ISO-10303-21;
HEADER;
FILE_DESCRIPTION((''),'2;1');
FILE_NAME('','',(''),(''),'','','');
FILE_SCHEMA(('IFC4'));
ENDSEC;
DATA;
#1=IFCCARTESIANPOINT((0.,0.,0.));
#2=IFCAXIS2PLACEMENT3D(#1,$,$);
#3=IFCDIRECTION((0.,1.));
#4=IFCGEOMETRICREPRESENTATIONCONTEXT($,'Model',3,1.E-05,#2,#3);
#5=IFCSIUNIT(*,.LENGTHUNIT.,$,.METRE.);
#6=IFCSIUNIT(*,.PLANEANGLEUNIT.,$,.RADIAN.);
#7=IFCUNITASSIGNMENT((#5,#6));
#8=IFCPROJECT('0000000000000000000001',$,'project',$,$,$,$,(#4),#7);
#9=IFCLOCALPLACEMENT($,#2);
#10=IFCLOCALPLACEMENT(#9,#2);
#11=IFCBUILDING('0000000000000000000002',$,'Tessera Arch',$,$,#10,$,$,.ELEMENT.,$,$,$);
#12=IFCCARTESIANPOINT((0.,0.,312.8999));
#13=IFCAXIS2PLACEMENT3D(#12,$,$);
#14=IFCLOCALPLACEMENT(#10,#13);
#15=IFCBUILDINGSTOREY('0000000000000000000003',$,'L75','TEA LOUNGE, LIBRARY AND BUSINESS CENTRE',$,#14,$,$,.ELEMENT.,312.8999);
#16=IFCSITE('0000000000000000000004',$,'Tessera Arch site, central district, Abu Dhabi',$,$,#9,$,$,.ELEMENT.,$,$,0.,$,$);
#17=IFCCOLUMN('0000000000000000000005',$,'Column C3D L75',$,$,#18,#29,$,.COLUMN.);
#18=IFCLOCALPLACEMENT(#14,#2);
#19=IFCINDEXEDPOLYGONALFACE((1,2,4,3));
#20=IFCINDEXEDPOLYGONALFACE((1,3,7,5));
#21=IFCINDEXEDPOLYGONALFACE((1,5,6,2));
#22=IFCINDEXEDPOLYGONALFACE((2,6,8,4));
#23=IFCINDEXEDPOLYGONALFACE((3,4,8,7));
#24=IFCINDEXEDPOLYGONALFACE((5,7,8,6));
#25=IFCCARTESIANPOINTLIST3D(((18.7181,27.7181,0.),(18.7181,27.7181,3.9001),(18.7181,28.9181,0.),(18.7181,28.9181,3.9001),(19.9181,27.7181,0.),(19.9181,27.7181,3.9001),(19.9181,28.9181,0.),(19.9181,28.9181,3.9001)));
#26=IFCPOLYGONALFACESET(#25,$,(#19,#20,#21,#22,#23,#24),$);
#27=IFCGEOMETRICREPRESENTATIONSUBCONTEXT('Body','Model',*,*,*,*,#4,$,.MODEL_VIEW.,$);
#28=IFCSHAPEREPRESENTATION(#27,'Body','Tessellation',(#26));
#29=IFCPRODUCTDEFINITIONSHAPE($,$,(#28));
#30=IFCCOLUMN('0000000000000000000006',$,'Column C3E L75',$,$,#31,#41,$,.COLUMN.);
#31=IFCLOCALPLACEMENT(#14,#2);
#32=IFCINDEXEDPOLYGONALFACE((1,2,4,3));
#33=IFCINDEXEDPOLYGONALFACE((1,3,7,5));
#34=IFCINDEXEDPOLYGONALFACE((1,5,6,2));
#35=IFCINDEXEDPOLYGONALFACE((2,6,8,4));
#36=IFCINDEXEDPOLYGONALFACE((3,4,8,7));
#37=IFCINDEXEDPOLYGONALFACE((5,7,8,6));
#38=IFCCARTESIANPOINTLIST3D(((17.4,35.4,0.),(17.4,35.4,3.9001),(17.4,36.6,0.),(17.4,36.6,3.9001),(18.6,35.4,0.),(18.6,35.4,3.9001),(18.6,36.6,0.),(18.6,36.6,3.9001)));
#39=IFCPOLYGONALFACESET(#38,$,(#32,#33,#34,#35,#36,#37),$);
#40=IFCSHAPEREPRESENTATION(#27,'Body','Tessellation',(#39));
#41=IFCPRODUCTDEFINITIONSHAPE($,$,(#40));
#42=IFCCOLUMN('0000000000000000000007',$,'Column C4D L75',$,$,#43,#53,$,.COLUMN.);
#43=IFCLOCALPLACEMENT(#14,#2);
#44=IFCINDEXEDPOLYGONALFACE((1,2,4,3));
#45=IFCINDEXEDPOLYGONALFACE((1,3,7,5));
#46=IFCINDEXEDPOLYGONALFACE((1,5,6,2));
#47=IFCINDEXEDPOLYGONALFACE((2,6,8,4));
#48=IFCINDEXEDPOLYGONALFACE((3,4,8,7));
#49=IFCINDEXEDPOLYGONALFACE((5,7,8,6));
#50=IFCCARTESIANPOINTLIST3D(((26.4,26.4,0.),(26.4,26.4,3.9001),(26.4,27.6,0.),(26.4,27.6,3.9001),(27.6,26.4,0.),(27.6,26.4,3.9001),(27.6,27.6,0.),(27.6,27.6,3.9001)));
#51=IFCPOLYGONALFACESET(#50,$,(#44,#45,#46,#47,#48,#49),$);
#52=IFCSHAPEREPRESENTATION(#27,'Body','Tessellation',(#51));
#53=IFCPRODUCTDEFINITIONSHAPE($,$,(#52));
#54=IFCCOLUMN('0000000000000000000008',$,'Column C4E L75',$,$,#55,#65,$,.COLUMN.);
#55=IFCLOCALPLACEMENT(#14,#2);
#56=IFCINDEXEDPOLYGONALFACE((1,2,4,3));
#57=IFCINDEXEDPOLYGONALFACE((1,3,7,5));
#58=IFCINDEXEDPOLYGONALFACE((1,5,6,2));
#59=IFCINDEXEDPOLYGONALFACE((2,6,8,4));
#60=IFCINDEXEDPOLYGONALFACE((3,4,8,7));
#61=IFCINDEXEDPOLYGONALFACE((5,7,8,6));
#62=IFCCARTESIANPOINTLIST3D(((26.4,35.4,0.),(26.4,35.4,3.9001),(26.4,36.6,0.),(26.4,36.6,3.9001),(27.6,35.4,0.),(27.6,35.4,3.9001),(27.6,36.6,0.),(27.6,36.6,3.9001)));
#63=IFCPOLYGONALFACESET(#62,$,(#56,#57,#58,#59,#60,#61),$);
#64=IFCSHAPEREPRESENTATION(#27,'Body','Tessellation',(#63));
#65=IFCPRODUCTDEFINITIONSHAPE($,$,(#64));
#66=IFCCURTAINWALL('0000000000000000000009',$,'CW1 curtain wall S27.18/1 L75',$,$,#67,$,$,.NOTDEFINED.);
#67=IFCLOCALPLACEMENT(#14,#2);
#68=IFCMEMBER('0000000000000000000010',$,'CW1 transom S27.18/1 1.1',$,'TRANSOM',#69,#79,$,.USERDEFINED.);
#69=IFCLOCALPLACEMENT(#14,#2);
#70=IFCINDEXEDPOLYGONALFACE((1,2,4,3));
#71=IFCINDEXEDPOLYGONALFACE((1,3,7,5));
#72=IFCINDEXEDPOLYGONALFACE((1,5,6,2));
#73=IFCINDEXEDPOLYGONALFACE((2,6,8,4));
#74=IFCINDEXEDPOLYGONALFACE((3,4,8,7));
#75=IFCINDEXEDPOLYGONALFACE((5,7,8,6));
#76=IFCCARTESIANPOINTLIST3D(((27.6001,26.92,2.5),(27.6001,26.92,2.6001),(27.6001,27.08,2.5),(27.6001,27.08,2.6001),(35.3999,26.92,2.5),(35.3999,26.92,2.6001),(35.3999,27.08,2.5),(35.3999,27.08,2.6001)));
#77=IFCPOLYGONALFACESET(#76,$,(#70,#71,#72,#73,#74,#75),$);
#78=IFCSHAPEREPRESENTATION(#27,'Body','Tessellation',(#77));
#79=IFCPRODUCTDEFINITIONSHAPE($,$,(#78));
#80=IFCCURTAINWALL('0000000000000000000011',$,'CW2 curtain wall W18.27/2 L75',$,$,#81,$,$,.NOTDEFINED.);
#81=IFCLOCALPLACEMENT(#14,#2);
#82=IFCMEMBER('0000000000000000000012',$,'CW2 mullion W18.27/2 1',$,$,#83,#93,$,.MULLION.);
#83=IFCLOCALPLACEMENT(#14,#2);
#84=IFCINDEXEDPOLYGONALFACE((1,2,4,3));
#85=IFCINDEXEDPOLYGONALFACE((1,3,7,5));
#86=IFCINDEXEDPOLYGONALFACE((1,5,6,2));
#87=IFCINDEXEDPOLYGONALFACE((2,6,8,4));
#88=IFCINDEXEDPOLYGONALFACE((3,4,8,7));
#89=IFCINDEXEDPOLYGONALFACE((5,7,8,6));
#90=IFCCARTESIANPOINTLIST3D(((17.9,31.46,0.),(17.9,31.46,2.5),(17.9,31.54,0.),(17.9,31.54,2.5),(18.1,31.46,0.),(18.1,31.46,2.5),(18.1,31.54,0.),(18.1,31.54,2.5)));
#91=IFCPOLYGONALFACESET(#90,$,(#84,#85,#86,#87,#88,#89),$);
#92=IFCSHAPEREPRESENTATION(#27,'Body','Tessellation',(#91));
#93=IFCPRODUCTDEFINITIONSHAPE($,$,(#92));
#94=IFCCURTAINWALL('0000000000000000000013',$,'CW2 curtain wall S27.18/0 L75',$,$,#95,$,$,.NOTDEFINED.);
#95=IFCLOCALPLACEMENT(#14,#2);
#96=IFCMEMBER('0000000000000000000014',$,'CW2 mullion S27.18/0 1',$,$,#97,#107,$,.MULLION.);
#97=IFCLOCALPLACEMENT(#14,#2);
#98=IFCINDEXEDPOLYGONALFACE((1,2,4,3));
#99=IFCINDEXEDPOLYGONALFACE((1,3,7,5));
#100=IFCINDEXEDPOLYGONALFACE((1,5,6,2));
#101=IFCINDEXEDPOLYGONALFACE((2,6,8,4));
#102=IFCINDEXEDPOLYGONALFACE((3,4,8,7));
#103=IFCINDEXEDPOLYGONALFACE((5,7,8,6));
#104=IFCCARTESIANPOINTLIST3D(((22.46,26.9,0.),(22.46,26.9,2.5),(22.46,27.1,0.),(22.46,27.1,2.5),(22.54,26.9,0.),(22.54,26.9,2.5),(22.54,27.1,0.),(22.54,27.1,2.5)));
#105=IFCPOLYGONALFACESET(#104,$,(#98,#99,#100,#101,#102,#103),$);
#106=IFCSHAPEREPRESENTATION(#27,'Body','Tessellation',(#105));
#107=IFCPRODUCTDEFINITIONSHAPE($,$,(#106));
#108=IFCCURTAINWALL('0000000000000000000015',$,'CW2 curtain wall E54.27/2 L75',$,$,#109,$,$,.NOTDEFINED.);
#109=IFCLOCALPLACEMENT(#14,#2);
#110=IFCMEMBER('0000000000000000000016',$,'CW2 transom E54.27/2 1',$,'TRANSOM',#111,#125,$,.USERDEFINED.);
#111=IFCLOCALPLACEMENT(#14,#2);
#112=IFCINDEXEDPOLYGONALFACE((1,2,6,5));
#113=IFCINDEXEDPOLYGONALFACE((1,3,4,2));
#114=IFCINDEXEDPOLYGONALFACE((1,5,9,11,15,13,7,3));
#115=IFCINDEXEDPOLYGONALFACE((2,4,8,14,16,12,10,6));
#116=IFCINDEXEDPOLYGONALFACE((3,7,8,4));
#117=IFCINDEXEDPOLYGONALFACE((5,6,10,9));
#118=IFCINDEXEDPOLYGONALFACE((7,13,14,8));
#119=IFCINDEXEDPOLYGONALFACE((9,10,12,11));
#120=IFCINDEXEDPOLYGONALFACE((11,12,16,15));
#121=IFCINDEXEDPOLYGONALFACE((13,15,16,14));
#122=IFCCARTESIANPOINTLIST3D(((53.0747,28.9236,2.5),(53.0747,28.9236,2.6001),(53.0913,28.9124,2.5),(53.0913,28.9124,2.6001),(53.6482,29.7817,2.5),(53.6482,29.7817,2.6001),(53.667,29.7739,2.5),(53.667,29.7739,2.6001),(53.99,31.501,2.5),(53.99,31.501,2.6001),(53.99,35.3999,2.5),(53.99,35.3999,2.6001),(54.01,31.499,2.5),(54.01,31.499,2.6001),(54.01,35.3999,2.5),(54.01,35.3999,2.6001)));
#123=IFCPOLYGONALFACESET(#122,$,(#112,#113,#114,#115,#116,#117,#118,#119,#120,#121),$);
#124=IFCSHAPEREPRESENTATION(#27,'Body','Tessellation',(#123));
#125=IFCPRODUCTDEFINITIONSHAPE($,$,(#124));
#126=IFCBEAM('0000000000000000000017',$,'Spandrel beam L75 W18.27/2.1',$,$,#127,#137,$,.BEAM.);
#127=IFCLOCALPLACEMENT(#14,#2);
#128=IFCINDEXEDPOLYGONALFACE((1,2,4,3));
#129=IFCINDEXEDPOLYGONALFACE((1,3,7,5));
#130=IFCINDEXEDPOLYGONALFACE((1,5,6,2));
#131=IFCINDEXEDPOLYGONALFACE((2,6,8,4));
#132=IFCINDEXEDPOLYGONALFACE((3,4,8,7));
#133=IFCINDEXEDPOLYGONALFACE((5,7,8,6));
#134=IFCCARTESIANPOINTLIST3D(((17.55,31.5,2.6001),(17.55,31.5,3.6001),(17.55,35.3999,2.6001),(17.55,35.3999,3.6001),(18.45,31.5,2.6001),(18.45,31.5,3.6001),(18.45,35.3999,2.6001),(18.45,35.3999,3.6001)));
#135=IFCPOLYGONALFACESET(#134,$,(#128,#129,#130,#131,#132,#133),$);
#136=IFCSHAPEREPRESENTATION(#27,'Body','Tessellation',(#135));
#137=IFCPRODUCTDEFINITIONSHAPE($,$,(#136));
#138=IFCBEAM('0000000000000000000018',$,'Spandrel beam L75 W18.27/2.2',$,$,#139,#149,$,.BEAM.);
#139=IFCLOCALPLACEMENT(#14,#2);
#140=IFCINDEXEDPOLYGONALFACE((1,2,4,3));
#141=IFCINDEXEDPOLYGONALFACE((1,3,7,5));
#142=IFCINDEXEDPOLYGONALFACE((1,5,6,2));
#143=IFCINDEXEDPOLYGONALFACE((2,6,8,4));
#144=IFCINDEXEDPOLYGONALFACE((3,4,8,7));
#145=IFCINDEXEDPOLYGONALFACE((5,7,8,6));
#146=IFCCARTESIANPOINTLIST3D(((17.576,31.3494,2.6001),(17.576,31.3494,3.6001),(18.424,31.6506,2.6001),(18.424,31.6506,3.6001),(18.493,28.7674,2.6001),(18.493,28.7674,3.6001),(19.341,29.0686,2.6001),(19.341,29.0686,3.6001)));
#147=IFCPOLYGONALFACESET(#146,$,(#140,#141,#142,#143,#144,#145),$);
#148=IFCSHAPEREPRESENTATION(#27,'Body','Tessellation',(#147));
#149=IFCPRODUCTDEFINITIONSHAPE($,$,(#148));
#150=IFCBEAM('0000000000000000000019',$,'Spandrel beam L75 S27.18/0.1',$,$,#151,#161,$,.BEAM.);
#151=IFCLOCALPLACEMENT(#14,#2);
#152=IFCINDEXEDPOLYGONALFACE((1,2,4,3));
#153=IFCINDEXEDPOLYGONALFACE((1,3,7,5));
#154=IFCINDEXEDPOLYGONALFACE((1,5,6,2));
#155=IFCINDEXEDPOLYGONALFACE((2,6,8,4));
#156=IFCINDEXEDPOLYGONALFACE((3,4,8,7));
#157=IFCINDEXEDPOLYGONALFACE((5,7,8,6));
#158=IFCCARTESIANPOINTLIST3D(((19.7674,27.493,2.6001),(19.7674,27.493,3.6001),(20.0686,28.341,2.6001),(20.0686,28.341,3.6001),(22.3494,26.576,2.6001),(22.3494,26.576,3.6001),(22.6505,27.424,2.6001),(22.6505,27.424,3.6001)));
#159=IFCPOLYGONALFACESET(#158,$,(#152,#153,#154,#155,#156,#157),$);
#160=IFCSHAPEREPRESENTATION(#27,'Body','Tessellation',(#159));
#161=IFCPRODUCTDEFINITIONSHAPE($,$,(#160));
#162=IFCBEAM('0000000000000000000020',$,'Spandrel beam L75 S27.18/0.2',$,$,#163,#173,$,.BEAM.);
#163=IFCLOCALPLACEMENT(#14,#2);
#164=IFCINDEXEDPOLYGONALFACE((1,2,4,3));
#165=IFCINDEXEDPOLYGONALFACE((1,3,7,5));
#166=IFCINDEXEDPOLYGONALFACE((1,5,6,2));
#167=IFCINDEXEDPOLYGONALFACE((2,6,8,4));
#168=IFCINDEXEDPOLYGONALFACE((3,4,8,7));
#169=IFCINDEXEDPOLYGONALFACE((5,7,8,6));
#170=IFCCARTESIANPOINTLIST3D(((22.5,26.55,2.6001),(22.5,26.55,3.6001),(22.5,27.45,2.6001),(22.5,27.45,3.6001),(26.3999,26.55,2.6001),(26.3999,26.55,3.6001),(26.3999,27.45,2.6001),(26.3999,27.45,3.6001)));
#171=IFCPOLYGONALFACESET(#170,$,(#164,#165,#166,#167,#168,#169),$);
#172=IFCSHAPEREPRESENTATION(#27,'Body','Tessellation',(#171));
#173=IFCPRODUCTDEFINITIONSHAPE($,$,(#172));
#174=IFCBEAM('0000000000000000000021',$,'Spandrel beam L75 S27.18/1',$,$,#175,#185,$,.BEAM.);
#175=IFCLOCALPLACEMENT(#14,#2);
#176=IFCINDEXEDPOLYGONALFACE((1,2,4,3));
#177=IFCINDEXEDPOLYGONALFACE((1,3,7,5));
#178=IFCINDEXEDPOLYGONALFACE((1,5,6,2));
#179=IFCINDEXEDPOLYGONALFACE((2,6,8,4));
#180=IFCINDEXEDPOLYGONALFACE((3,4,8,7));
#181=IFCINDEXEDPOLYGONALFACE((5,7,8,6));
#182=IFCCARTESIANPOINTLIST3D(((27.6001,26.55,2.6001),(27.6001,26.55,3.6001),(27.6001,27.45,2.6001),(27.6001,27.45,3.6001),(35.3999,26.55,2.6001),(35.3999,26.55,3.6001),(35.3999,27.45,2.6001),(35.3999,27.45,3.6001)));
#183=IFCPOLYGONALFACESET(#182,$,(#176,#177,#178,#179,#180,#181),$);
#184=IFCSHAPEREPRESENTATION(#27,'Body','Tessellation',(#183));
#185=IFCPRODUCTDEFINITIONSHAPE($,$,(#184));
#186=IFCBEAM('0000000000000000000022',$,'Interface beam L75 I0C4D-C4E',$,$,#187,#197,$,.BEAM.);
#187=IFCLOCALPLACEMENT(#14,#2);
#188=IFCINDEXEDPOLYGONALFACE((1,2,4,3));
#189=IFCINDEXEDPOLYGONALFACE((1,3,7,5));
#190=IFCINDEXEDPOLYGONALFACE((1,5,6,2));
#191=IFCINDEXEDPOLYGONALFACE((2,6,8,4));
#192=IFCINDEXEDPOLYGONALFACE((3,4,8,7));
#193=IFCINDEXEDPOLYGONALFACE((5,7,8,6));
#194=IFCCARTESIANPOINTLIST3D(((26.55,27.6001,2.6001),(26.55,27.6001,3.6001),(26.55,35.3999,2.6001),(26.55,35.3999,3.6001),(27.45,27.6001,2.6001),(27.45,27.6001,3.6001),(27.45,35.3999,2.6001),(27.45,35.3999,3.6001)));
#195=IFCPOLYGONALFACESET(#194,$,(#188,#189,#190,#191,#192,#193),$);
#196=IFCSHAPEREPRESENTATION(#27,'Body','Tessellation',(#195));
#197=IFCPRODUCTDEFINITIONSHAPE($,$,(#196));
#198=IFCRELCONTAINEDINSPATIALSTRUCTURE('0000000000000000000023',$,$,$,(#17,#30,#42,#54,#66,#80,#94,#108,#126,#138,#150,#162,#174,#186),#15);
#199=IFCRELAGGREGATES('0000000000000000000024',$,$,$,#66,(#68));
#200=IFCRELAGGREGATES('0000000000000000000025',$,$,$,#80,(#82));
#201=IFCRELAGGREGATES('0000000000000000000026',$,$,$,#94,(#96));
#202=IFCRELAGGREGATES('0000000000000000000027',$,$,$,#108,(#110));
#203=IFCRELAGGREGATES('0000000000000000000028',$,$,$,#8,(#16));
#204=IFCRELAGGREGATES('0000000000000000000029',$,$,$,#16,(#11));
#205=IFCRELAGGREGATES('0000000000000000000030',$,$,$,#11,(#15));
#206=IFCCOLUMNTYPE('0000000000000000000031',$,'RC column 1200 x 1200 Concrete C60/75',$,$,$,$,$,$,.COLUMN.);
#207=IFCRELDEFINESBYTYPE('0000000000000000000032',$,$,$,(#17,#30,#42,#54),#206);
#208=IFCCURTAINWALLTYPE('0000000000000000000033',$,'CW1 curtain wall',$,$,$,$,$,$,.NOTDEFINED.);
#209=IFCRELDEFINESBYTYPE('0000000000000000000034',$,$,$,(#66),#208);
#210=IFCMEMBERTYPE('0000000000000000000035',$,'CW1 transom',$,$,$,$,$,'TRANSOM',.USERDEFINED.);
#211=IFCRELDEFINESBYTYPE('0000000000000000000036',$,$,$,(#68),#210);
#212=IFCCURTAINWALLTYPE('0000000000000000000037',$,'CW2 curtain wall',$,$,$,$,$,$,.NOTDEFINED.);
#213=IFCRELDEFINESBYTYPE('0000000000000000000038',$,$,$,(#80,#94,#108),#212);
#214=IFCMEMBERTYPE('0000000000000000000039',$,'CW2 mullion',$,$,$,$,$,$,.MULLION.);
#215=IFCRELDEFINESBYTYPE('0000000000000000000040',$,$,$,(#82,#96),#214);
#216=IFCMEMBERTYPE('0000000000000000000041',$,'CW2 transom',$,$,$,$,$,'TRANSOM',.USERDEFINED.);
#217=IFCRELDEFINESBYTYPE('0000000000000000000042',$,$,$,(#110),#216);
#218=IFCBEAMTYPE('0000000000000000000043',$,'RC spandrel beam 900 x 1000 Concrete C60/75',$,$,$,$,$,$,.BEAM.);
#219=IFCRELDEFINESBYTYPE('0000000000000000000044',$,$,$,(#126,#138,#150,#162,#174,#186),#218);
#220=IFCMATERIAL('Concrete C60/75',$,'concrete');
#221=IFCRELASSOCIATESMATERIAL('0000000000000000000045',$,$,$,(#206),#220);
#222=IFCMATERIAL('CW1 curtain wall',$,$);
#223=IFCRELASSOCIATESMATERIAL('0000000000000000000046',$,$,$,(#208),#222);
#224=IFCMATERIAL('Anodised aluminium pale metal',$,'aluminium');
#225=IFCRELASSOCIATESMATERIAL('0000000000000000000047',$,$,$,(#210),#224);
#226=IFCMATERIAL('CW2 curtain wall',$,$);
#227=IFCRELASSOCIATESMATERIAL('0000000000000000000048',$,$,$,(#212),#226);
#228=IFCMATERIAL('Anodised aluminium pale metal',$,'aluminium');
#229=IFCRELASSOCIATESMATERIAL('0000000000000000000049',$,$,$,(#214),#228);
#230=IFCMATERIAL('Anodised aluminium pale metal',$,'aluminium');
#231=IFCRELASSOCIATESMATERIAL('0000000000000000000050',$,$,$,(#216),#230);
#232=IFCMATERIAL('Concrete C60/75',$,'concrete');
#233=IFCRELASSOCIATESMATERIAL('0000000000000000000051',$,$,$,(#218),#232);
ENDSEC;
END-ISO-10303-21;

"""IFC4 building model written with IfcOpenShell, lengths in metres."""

from ifc_helpers import new_model, si_unit, direction, frame, origin, origin_2d, place, context, subcontext, project, spatial, polyline, rectangle, outline, extrude, material, material_profile, profile_set, type_object, element, aggregate, save


model = new_model("IFC4")

# Units and contexts
model_context = context("Model", 3, precision=1e-05, world=origin(), true_north=direction((0.0, 1.0)))
body_context = subcontext(model_context, "Body", "Model", "MODEL_VIEW")
ifc_project = project(units=[si_unit("LENGTHUNIT", "METRE"), si_unit("PLANEANGLEUNIT", "RADIAN")], contexts=[model_context])

# Site, building, storey
site_placement = place(None, origin())
site = spatial("IfcSite", under=ifc_project, at=site_placement, Name="Tessera Arch site, central district, Abu Dhabi", CompositionType="ELEMENT", RefElevation=0.0)
building_placement = place(site_placement, origin())
building = spatial("IfcBuilding", under=site, at=building_placement, Name="Tessera Arch", CompositionType="ELEMENT")
storey_placement = place(building_placement, frame((0.0, 0.0, 312.8999)))
storey = spatial("IfcBuildingStorey", under=building, at=storey_placement, Name="L75", Description="TEA LOUNGE, LIBRARY AND BUSINESS CENTRE", CompositionType="ELEMENT", Elevation=312.8999)

# Columns
ifc_material_1 = material(Name="Concrete C60/75", Category="concrete")
ifc_material_profile_1 = material_profile(ifc_material_1, rectangle(XDim=1.2, YDim=1.2, at=origin_2d()), Name="RC column 1200 x 1200 Concrete C60/75")
ifc_profile_set_1 = profile_set([ifc_material_profile_1], Name="Concrete C60/75")
column_type = type_object("IfcColumnType", Name="RC column 1200 x 1200 Concrete C60/75", PredefinedType="COLUMN", material=ifc_profile_set_1)
for number, where, z_axis, x_axis, name in (
    (1, (19.3181, 28.3181, 0.0), (0.0, 0.0, 1.0), (1.0, 0.0, 0.0), "Column C3D L75"),
    (2, (18.0, 36.0, 0.0), (0.0, 0.0, 1.0), (1.0, 0.0, 0.0), "Column C3E L75"),
    (3, (27.0, 27.0, 0.0), (0.0, 0.0, 1.0), (1.0, 0.0, 0.0), "Column C4D L75"),
    (4, (27.0, 36.0, 0.0), (0.0, 0.0, 1.0), (1.0, 0.0, 0.0), "Column C4E L75"),
):
    element("IfcColumn", number, at=place(storey_placement, frame(where, z_axis=z_axis, x_axis=x_axis)), inside=storey, type_object=column_type, Name=name, PredefinedType="COLUMN", context=body_context, shape_type="SweptSolid", body=[
        extrude(rectangle(XDim=1.2, YDim=1.2, at=origin_2d()), origin(), (0.0, 0.0, 1.0), 3.9001),
    ])

# Curtain walls, members
ifc_material_2 = material(Name="CW1 curtain wall")
curtain_wall_type_1 = type_object("IfcCurtainWallType", Name="CW1 curtain wall", PredefinedType="NOTDEFINED", material=ifc_material_2)
curtain_wall_1_placement = place(storey_placement, origin())
curtain_wall_1 = element("IfcCurtainWall", 5, at=curtain_wall_1_placement, inside=storey, type_object=curtain_wall_type_1, Name="CW1 curtain wall S27.18/1 L75", PredefinedType="NOTDEFINED")
ifc_material_3 = material(Name="Anodised aluminium pale metal", Category="aluminium")
ifc_material_profile_2 = material_profile(ifc_material_3, rectangle(XDim=0.1599, YDim=0.1001, at=origin_2d()), Name="AL 160x100")
ifc_profile_set_2 = profile_set([ifc_material_profile_2], Name="Anodised aluminium pale metal")
member_type_1 = type_object("IfcMemberType", Name="CW1 transom", ElementType="TRANSOM", PredefinedType="USERDEFINED", material=ifc_profile_set_2)
member_1_placement = place(storey_placement, frame((27.6001, 27.0, 2.55), z_axis=(1.0, 0.0, 0.0), x_axis=(0.0, 1.0, 0.0)))
member_1 = element("IfcMember", 6, at=member_1_placement, type_object=member_type_1, Name="CW1 transom S27.18/1 1.1", ObjectType="TRANSOM", PredefinedType="USERDEFINED", context=body_context, shape_type="SweptSolid", body=[
    extrude(rectangle(XDim=0.1599, YDim=0.1001, at=origin_2d()), origin(), (0.0, 0.0, 1.0), 7.7998),
])
aggregate(curtain_wall_1, [member_1])
ifc_material_4 = material(Name="CW2 curtain wall")
curtain_wall_type_2 = type_object("IfcCurtainWallType", Name="CW2 curtain wall", PredefinedType="NOTDEFINED", material=ifc_material_4)
curtain_wall_2_placement = place(storey_placement, origin())
curtain_wall_2 = element("IfcCurtainWall", 7, at=curtain_wall_2_placement, inside=storey, type_object=curtain_wall_type_2, Name="CW2 curtain wall W18.27/2 L75", PredefinedType="NOTDEFINED")
ifc_material_5 = material(Name="Anodised aluminium pale metal", Category="aluminium")
ifc_material_profile_3 = material_profile(ifc_material_5, rectangle(XDim=0.2, YDim=0.0801, at=origin_2d()), Name="AL 80x200")
ifc_profile_set_3 = profile_set([ifc_material_profile_3], Name="Anodised aluminium pale metal")
member_type_2 = type_object("IfcMemberType", Name="CW2 mullion", PredefinedType="MULLION", material=ifc_profile_set_3)
member_2_placement = place(storey_placement, frame((18.0, 31.5, 0.0), z_axis=(0.0, 0.0, 1.0), x_axis=(1.0, 0.0, 0.0)))
member_2 = element("IfcMember", 8, at=member_2_placement, type_object=member_type_2, Name="CW2 mullion W18.27/2 1", PredefinedType="MULLION", context=body_context, shape_type="SweptSolid", body=[
    extrude(rectangle(XDim=0.2, YDim=0.0801, at=origin_2d()), origin(), (0.0, 0.0, 1.0), 2.5),
])
curtain_wall_3_placement = place(storey_placement, origin())
curtain_wall_3 = element("IfcCurtainWall", 9, at=curtain_wall_3_placement, inside=storey, type_object=curtain_wall_type_2, Name="CW2 curtain wall S27.18/0 L75", PredefinedType="NOTDEFINED")
member_3_placement = place(storey_placement, frame((22.5, 27.0, 0.0), z_axis=(0.0, 0.0, 1.0), x_axis=(0.0, 1.0, 0.0)))
member_3 = element("IfcMember", 10, at=member_3_placement, type_object=member_type_2, Name="CW2 mullion S27.18/0 1", PredefinedType="MULLION", context=body_context, shape_type="SweptSolid", body=[
    extrude(rectangle(XDim=0.2, YDim=0.0801, at=origin_2d()), origin(), (0.0, 0.0, 1.0), 2.5),
])
curtain_wall_4_placement = place(storey_placement, origin())
curtain_wall_4 = element("IfcCurtainWall", 11, at=curtain_wall_4_placement, inside=storey, type_object=curtain_wall_type_2, Name="CW2 curtain wall E54.27/2 L75", PredefinedType="NOTDEFINED")
ifc_material_6 = material(Name="Anodised aluminium pale metal", Category="aluminium")
ifc_material_profile_4 = material_profile(ifc_material_6, rectangle(XDim=0.2, YDim=0.1001, at=origin_2d()), Name="AL 200x100")
ifc_profile_set_4 = profile_set([ifc_material_profile_4], Name="Anodised aluminium pale metal")
member_type_3 = type_object("IfcMemberType", Name="CW2 transom", ElementType="TRANSOM", PredefinedType="USERDEFINED", material=ifc_profile_set_4)
member_4_placement = place(storey_placement, frame((0.0, 0.0, 2.5)))
member_4 = element("IfcMember", 12, at=member_4_placement, type_object=member_type_3, Name="CW2 transom E54.27/2 1", ObjectType="TRANSOM", PredefinedType="USERDEFINED", context=body_context, shape_type="SweptSolid", body=[
    extrude(outline(polyline([(53.6482, 29.7817), (53.0747, 28.9236), (53.0913, 28.9124), (53.667, 29.7739), (54.01, 31.499), (54.01, 35.3999), (53.99, 35.3999), (53.99, 31.501), (53.6482, 29.7817)])), origin(), (0.0, 0.0, 1.0), 0.1001),
])

# Beams
ifc_material_7 = material(Name="Concrete C60/75", Category="concrete")
ifc_material_profile_5 = material_profile(ifc_material_7, rectangle(XDim=0.8999, YDim=1.0, at=origin_2d()), Name="RC spandrel beam 900 x 1000 Concrete C60/75")
ifc_profile_set_5 = profile_set([ifc_material_profile_5], Name="Concrete C60/75")
beam_type = type_object("IfcBeamType", Name="RC spandrel beam 900 x 1000 Concrete C60/75", PredefinedType="BEAM", material=ifc_profile_set_5)
beam_1_placement = place(storey_placement, frame((18.0, 35.3999, 3.1001), z_axis=(0.0, -1.0, 0.0), x_axis=(1.0, 0.0, 0.0)))
element("IfcBeam", 13, at=beam_1_placement, inside=storey, type_object=beam_type, Name="Spandrel beam L75 W18.27/2.1", PredefinedType="BEAM", context=body_context, shape_type="SweptSolid", body=[
    extrude(rectangle(XDim=0.8999, YDim=1.0, at=origin_2d()), origin(), (0.0, 0.0, 1.0), 3.8999),
])
for number, where, z_axis, x_axis, name in (
    (14, (18.0, 31.5, 3.1001), (0.334665, -0.942337, 0.0), (0.942337, 0.334665, 0.0), "Spandrel beam L75 W18.27/2.2"),
    (15, (19.918, 27.917, 3.1001), (0.942337, -0.334665, 0.0), (0.334665, 0.942337, 0.0), "Spandrel beam L75 S27.18/0.1"),
):
    element("IfcBeam", number, at=place(storey_placement, frame(where, z_axis=z_axis, x_axis=x_axis)), inside=storey, type_object=beam_type, Name=name, PredefinedType="BEAM", context=body_context, shape_type="SweptSolid", body=[
        extrude(rectangle(XDim=0.8999, YDim=1.0, at=origin_2d()), origin(), (0.0, 0.0, 1.0), 2.74),
    ])
beam_2_placement = place(storey_placement, frame((22.5, 27.0, 3.1001), z_axis=(1.0, 0.0, 0.0), x_axis=(0.0, 1.0, 0.0)))
element("IfcBeam", 16, at=beam_2_placement, inside=storey, type_object=beam_type, Name="Spandrel beam L75 S27.18/0.2", PredefinedType="BEAM", context=body_context, shape_type="SweptSolid", body=[
    extrude(rectangle(XDim=0.8999, YDim=1.0, at=origin_2d()), origin(), (0.0, 0.0, 1.0), 3.8999),
])
for number, where, z_axis, x_axis, name in (
    (17, (27.6001, 27.0, 3.1001), (1.0, 0.0, 0.0), (0.0, 1.0, 0.0), "Spandrel beam L75 S27.18/1"),
    (18, (27.0, 27.6001, 3.1001), (0.0, 1.0, 0.0), (-1.0, 0.0, 0.0), "Interface beam L75 I0C4D-C4E"),
):
    element("IfcBeam", number, at=place(storey_placement, frame(where, z_axis=z_axis, x_axis=x_axis)), inside=storey, type_object=beam_type, Name=name, PredefinedType="BEAM", context=body_context, shape_type="SweptSolid", body=[
        extrude(rectangle(XDim=0.8999, YDim=1.0, at=origin_2d()), origin(), (0.0, 0.0, 1.0), 7.7998),
    ])

aggregate(curtain_wall_2, [member_2])
aggregate(curtain_wall_3, [member_3])

aggregate(curtain_wall_4, [member_4])

save(model, "model.ifc")
